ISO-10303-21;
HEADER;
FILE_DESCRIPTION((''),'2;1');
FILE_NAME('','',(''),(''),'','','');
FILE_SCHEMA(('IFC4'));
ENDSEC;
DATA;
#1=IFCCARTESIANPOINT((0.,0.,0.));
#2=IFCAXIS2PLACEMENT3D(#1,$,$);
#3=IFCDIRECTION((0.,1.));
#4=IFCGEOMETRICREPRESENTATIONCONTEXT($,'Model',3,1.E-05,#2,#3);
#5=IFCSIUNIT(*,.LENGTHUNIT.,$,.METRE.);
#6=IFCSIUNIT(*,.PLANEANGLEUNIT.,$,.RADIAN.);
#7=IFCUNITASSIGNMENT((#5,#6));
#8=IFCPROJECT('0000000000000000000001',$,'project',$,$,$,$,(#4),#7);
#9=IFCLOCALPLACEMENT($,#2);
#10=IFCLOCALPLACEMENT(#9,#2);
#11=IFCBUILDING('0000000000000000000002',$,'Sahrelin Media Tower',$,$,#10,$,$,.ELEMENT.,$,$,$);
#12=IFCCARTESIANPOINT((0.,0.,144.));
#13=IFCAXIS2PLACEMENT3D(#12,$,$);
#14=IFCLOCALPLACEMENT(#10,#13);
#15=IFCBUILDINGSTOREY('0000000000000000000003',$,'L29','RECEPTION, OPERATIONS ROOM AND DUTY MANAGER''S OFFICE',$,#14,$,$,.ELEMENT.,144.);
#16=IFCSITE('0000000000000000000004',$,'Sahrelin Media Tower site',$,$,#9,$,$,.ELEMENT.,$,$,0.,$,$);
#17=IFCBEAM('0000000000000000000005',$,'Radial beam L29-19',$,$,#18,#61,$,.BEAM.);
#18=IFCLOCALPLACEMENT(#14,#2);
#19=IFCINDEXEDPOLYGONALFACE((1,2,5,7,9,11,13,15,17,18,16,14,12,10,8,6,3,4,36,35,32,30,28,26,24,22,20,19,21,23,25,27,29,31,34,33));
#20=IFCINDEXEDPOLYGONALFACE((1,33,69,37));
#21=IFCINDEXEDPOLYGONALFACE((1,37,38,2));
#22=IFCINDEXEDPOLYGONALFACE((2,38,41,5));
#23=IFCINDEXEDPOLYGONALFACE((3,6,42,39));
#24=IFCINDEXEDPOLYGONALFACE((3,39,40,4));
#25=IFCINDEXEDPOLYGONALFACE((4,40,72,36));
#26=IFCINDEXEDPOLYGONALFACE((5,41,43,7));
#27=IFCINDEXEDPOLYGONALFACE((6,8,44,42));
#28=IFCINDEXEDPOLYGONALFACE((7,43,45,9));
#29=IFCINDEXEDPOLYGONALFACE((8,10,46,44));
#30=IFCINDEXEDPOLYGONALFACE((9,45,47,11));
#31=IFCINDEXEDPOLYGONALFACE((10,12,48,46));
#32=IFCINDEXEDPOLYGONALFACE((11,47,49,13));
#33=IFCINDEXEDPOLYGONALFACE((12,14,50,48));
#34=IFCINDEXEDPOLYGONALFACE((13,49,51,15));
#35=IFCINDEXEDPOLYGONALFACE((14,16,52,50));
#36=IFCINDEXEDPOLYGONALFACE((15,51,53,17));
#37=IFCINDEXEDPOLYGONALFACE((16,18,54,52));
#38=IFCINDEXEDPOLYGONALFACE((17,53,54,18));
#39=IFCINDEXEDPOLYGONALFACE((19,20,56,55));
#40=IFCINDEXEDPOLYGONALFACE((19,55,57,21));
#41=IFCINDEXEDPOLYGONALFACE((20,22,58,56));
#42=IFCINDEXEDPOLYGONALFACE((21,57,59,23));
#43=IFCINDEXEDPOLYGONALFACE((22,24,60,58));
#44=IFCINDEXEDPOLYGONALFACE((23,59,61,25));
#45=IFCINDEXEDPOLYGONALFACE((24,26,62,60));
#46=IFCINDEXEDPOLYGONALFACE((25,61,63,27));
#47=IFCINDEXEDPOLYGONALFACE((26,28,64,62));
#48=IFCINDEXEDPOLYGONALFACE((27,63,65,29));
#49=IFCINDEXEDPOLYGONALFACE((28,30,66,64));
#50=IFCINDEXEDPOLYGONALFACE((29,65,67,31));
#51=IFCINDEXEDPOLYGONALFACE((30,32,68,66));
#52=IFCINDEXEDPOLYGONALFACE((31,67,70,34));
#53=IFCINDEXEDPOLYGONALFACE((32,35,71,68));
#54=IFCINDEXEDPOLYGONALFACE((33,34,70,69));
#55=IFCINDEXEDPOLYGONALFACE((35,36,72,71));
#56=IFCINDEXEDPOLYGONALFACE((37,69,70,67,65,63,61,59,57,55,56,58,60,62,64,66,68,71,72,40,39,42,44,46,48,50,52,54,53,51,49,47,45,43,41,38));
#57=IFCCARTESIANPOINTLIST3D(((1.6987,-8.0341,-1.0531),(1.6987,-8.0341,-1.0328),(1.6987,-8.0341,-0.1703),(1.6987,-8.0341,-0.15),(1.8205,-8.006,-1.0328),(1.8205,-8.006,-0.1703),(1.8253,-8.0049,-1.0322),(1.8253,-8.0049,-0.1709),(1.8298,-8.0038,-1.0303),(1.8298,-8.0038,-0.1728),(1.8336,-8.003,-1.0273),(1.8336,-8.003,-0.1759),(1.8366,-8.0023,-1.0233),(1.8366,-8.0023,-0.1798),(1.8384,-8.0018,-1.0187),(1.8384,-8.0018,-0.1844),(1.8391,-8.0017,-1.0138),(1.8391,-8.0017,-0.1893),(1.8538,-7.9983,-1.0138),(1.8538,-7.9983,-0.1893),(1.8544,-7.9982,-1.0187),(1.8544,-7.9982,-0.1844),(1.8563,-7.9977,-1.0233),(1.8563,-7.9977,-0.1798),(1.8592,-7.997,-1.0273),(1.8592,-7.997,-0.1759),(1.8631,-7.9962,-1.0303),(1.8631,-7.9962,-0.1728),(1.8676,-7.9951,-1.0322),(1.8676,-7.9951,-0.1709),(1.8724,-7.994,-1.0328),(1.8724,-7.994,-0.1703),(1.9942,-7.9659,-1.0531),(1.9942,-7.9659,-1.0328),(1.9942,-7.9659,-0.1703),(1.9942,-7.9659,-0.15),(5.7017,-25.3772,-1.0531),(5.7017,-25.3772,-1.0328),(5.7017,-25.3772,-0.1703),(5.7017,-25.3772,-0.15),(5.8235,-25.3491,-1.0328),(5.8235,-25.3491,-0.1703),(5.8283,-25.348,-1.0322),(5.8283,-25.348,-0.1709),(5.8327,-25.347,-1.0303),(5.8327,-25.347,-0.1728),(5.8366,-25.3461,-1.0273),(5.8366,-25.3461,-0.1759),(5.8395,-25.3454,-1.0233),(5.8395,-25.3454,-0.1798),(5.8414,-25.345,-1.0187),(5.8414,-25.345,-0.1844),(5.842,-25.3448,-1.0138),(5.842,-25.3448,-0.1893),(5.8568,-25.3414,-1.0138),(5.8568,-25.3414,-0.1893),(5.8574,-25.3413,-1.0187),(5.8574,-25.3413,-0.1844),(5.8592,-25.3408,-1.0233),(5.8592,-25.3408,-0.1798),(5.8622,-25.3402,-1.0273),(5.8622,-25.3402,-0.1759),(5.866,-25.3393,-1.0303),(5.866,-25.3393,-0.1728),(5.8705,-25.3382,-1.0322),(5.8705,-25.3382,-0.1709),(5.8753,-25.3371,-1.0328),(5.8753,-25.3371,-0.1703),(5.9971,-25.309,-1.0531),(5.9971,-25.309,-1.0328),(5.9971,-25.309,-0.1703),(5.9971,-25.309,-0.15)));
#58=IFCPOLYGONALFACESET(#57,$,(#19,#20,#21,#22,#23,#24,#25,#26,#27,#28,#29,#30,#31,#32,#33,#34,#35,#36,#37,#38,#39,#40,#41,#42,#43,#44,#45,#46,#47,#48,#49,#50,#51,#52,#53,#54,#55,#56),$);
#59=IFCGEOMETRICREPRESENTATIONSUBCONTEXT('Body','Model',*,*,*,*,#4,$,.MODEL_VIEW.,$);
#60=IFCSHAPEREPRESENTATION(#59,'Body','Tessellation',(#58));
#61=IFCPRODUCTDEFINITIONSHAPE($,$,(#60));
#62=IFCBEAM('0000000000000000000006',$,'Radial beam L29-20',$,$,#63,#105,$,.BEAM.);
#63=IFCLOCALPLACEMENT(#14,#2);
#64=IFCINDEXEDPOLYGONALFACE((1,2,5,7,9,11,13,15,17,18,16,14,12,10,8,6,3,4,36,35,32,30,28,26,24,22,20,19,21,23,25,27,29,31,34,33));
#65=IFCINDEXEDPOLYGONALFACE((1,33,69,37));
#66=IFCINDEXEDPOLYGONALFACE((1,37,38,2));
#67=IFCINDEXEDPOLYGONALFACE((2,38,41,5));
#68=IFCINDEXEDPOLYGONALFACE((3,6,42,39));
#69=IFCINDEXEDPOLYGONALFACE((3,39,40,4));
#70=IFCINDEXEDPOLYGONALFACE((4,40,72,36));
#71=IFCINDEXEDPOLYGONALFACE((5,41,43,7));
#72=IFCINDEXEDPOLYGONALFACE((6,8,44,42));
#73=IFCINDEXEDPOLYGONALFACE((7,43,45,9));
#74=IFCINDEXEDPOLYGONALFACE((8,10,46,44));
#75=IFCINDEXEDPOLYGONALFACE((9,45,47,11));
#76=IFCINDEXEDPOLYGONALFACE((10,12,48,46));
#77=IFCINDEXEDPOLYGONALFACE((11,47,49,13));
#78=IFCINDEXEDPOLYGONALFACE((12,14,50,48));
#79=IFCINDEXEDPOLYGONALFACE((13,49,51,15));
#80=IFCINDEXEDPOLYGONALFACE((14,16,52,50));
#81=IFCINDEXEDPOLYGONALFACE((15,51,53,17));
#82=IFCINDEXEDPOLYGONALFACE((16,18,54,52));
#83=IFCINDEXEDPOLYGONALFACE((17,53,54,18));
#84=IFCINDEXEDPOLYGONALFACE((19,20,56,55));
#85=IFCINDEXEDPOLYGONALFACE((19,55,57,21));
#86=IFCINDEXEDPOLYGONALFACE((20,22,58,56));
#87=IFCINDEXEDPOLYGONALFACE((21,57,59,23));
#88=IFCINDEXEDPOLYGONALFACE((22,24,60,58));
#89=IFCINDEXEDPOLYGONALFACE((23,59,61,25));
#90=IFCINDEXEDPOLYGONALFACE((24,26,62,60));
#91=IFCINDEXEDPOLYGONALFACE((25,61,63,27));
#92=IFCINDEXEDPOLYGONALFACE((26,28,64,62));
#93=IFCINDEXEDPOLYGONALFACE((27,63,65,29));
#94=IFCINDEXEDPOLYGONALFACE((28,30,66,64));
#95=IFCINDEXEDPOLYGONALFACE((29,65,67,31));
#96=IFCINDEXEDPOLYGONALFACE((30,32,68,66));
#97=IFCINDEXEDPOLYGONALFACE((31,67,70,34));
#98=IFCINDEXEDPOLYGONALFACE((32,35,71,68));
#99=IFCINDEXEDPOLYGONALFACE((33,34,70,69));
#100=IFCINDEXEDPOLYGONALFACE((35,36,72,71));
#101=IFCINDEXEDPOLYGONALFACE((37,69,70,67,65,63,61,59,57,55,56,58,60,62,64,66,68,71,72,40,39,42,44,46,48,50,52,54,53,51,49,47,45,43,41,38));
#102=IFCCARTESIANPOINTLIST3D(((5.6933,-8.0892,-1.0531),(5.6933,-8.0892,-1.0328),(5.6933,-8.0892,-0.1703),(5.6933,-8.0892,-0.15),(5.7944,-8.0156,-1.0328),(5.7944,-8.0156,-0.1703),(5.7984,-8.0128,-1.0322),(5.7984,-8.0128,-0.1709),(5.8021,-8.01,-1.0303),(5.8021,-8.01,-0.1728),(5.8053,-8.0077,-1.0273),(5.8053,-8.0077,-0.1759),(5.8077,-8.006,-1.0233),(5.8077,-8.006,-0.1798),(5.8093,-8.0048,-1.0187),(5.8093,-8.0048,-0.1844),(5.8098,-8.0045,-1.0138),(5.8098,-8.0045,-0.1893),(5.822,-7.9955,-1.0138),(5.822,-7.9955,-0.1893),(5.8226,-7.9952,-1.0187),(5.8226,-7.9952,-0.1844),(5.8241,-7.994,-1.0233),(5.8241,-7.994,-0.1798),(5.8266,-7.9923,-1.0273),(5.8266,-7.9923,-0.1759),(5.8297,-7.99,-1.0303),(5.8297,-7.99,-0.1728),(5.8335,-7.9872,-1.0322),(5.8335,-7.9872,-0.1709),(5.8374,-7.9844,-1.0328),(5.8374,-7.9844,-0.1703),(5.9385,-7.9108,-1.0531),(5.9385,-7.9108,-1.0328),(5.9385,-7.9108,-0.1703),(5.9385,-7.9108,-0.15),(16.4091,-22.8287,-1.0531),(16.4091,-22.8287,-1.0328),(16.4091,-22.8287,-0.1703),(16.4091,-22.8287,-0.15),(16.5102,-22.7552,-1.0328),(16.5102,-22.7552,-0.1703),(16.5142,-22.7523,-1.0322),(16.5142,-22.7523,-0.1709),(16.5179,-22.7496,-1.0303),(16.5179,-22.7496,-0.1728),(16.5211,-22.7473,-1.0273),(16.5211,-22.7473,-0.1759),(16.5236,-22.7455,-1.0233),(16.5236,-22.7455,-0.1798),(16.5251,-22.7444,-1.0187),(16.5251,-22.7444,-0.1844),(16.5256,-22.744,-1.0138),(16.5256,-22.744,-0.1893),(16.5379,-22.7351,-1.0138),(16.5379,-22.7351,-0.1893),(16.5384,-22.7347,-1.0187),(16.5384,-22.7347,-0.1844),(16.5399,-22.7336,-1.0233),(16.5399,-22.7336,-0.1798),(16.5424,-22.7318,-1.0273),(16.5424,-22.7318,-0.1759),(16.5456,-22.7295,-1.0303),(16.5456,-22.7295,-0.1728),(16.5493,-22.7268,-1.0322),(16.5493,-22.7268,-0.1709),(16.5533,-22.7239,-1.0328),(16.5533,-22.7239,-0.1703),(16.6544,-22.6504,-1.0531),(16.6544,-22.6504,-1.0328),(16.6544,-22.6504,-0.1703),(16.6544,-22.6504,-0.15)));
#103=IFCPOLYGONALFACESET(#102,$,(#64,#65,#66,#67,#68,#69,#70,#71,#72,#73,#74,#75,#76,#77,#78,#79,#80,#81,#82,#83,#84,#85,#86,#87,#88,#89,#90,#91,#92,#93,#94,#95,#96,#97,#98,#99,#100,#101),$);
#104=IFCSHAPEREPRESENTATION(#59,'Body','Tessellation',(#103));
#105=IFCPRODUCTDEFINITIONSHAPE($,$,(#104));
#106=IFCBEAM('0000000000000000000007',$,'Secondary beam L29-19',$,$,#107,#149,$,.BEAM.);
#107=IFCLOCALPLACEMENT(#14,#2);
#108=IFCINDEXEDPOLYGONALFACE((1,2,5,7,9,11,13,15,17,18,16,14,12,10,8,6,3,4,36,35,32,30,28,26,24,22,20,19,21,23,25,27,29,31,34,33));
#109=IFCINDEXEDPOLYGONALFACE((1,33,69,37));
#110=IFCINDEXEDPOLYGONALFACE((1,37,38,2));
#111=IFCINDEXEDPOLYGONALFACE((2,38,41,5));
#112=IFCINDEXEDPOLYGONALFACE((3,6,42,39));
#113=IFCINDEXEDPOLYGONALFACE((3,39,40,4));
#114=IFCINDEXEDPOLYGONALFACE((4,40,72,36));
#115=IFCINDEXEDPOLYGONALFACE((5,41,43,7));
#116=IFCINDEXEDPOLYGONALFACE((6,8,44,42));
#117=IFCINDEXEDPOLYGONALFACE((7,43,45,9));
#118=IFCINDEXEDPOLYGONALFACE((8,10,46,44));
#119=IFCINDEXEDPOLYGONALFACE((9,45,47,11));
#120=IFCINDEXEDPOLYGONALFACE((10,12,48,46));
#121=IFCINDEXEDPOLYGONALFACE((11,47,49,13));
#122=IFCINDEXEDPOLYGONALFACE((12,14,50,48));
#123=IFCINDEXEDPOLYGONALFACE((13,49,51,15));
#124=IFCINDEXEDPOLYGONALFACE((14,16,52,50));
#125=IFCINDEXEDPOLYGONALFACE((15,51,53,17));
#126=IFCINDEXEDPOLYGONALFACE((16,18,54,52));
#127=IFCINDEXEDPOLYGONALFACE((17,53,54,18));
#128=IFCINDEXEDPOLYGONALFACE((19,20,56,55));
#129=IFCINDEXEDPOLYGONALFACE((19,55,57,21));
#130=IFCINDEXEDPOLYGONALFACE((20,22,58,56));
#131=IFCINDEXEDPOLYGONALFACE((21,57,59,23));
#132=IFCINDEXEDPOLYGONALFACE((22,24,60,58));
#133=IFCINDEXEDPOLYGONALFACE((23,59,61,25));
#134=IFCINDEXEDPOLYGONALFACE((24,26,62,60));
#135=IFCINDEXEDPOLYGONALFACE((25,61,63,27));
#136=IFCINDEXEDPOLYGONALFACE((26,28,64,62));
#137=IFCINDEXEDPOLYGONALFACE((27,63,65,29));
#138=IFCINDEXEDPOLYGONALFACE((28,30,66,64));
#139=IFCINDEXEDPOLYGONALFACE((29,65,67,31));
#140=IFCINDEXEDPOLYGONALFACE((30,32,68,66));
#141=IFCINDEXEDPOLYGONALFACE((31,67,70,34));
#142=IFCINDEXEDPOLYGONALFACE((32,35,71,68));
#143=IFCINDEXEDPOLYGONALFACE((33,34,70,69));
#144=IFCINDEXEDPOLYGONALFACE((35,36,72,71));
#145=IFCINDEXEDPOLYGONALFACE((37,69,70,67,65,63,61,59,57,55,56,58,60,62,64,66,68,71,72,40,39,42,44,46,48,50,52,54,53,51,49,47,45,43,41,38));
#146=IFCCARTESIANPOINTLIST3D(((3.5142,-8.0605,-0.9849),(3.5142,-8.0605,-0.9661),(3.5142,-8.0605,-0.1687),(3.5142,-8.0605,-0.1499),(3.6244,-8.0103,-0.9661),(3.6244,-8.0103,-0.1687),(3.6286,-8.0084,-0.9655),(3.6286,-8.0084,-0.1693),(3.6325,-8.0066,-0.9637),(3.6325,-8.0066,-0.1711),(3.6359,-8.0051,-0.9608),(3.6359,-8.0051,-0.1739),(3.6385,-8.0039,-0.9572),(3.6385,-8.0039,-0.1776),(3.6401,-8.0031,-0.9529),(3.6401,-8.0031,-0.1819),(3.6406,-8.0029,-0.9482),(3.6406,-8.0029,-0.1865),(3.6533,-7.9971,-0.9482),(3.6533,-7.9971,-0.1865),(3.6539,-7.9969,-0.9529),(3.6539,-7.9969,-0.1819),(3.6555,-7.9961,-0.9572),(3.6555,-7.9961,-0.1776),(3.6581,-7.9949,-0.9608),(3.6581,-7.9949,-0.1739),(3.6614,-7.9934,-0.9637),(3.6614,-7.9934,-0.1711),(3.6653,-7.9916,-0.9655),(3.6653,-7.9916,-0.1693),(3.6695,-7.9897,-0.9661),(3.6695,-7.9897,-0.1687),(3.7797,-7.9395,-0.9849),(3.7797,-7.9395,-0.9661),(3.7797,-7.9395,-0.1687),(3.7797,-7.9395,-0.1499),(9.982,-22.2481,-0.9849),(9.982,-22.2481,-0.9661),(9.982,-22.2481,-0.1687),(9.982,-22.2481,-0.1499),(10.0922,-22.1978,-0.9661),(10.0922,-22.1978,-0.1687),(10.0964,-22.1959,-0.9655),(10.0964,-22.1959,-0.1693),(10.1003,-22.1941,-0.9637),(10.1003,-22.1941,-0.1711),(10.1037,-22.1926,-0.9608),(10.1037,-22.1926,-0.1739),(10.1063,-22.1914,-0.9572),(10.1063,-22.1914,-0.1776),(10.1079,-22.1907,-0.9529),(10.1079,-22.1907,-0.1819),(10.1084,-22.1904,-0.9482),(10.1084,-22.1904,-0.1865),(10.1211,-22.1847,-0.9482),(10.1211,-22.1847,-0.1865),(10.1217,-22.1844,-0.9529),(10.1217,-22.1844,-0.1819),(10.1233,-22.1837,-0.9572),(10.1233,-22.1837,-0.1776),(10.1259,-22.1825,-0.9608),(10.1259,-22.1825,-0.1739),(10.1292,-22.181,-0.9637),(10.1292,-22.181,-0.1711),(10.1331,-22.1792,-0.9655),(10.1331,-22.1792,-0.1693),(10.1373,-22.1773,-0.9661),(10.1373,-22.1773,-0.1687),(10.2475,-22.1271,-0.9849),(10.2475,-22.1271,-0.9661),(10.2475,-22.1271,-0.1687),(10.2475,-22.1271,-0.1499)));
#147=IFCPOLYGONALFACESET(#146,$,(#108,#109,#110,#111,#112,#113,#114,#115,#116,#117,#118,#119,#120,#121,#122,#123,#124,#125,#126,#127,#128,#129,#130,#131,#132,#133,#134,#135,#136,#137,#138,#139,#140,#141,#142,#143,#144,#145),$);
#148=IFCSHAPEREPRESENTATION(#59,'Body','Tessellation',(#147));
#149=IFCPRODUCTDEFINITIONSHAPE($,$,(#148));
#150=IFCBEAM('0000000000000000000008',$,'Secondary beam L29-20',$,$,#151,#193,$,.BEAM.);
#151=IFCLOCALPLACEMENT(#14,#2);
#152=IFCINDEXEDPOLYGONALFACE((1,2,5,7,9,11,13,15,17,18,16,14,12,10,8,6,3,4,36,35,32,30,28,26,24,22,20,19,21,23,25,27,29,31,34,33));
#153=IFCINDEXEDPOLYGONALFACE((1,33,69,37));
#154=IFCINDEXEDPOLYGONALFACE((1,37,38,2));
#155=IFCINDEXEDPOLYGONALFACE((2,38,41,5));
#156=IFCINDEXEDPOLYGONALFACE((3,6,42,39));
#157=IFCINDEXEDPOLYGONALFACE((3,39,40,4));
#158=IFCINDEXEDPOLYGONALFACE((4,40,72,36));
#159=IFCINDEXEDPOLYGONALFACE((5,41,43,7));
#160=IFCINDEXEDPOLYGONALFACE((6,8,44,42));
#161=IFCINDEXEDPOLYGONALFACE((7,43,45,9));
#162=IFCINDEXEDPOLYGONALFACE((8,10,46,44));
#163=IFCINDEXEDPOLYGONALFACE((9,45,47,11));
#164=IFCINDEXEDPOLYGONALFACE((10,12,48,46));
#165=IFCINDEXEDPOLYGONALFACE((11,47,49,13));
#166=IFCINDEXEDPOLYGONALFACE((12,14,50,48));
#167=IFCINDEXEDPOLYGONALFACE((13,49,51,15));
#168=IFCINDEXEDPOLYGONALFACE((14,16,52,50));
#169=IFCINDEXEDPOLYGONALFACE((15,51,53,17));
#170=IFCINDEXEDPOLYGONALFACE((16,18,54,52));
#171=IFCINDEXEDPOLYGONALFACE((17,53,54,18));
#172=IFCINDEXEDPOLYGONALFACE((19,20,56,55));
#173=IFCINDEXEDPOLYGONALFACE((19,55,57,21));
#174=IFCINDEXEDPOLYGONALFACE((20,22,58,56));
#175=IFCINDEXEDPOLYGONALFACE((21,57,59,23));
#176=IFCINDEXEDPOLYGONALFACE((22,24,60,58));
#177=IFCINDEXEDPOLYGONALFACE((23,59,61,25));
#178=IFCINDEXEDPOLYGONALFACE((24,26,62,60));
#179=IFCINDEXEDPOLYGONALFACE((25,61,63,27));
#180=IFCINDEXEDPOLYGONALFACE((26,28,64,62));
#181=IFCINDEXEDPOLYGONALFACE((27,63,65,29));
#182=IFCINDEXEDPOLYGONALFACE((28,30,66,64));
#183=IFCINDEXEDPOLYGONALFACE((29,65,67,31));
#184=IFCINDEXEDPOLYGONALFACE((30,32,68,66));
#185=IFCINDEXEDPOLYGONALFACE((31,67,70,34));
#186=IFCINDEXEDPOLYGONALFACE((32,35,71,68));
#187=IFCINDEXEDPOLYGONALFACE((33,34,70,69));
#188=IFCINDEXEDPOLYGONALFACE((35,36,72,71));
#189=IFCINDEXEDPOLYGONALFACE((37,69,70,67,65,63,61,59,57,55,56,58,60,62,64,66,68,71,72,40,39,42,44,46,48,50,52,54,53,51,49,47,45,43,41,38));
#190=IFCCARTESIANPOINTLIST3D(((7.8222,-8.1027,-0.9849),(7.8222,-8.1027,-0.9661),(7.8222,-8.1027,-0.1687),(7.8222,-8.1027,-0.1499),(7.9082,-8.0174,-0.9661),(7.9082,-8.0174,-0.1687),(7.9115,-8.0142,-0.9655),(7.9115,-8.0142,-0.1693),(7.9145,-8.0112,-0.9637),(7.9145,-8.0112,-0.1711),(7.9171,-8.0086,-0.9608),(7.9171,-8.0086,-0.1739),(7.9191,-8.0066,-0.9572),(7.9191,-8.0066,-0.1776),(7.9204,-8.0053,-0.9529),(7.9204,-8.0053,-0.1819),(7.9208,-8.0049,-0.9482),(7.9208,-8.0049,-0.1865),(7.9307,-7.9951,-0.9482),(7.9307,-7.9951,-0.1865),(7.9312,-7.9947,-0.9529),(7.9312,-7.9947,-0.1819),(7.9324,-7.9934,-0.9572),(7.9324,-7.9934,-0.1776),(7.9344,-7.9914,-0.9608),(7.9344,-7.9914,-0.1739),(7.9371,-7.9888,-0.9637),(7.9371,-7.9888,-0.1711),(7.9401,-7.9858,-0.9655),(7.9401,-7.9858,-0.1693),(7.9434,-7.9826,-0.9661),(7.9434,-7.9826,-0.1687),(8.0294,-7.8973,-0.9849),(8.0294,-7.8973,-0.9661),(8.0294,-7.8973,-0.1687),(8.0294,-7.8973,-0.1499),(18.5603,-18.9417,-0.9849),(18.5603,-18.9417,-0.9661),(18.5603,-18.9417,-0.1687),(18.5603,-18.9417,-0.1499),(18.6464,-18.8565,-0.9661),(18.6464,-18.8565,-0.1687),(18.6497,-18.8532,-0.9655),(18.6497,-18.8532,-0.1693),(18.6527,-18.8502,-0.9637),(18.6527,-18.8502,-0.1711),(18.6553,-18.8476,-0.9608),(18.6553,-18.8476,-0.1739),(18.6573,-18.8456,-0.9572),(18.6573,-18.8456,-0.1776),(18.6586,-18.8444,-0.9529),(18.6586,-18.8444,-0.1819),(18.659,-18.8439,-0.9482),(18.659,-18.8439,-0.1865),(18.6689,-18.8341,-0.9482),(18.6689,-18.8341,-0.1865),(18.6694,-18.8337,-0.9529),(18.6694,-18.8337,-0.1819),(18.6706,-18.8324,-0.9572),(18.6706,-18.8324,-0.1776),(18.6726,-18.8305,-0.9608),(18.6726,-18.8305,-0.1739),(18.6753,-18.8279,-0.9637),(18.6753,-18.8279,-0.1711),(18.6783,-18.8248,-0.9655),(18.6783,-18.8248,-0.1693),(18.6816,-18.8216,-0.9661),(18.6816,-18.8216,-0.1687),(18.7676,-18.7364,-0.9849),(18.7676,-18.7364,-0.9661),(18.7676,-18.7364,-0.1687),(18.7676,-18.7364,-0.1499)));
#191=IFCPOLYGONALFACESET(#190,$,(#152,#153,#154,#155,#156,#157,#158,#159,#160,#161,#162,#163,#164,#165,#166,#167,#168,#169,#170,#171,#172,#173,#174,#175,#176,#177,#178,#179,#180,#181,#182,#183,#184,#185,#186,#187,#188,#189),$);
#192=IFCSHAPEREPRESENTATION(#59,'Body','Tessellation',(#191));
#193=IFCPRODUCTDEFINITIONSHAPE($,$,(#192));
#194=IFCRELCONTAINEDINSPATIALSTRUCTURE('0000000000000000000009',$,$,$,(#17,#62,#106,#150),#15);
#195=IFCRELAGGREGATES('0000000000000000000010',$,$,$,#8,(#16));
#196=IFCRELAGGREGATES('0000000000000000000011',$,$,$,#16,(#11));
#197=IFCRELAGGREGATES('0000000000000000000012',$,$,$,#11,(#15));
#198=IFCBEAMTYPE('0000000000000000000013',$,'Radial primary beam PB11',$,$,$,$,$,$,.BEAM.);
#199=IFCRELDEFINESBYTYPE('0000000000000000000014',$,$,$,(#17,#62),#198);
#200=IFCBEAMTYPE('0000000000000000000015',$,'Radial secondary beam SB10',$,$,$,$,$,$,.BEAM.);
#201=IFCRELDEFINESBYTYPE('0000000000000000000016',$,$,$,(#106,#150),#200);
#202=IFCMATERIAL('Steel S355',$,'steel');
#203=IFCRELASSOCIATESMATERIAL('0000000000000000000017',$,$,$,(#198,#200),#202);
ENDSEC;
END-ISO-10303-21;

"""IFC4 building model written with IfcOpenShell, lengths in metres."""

from ifc_helpers import new_model, si_unit, direction, frame, origin, origin_2d, place, context, subcontext, project, spatial, i_section, extrude, material, material_profile, profile_set, type_object, element, save


model = new_model("IFC4")

# Units and contexts
model_context = context("Model", 3, precision=1e-05, world=origin(), true_north=direction((0.0, 1.0)))
body_context = subcontext(model_context, "Body", "Model", "MODEL_VIEW")
ifc_project = project(units=[si_unit("LENGTHUNIT", "METRE"), si_unit("PLANEANGLEUNIT", "RADIAN")], contexts=[model_context])

# Site, building, storey
site_placement = place(None, origin())
site = spatial("IfcSite", under=ifc_project, at=site_placement, Name="Sahrelin Media Tower site", CompositionType="ELEMENT", RefElevation=0.0)
building_placement = place(site_placement, origin())
building = spatial("IfcBuilding", under=site, at=building_placement, Name="Sahrelin Media Tower", CompositionType="ELEMENT")
storey_placement = place(building_placement, frame((0.0, 0.0, 144.0)))
storey = spatial("IfcBuildingStorey", under=building, at=storey_placement, Name="L29", Description="RECEPTION, OPERATIONS ROOM AND DUTY MANAGER'S OFFICE", CompositionType="ELEMENT", Elevation=144.0)

# Shared definitions
ifc_material_1 = material(Name="Steel S355", Category="steel")

# Beams
ifc_material_profile_1 = material_profile(ifc_material_1, i_section(OverallWidth=0.3032, OverallDepth=0.9031, WebThickness=0.0151, FlangeThickness=0.0203, FilletRadius=0.019, at=origin_2d()), Name="UB 914x305x201")
ifc_profile_set_1 = profile_set([ifc_material_profile_1], Name="Steel S355")
beam_type_1 = type_object("IfcBeamType", Name="Radial primary beam PB11", PredefinedType="BEAM", material=ifc_profile_set_1)
beam_1_placement = place(storey_placement, frame((1.8464, -8.0, -0.6016), z_axis=(0.224897, -0.974383, 0.0), x_axis=(0.974383, 0.224897, 0.0)))
element("IfcBeam", 1, at=beam_1_placement, inside=storey, type_object=beam_type_1, Name="Radial beam L29-19", PredefinedType="BEAM", context=body_context, shape_type="SweptSolid", body=[
    extrude(i_section(OverallWidth=0.3032, OverallDepth=0.9031, WebThickness=0.0151, FlangeThickness=0.0203, FilletRadius=0.019, at=origin_2d()), origin(), (0.0, 0.0, 1.0), 17.7991),
])
beam_2_placement = place(storey_placement, frame((5.8159, -8.0, -0.6016), z_axis=(0.588035, -0.808836, 0.0), x_axis=(0.808836, 0.588035, 0.0)))
element("IfcBeam", 2, at=beam_2_placement, inside=storey, type_object=beam_type_1, Name="Radial beam L29-20", PredefinedType="BEAM", context=body_context, shape_type="SweptSolid", body=[
    extrude(i_section(OverallWidth=0.3032, OverallDepth=0.9031, WebThickness=0.0151, FlangeThickness=0.0203, FilletRadius=0.019, at=origin_2d()), origin(), (0.0, 0.0, 1.0), 18.2231),
])
ifc_material_profile_2 = material_profile(ifc_material_1, i_section(OverallWidth=0.2917, OverallDepth=0.835, WebThickness=0.0139, FlangeThickness=0.0188, FilletRadius=0.0178, at=origin_2d()), Name="UB 838x292x176")
ifc_profile_set_2 = profile_set([ifc_material_profile_2], Name="Steel S355")
beam_type_2 = type_object("IfcBeamType", Name="Radial secondary beam SB10", PredefinedType="BEAM", material=ifc_profile_set_2)
beam_3_placement = place(storey_placement, frame((3.647, -8.0, -0.5674), z_axis=(0.414808, -0.909909, 0.0), x_axis=(0.909909, 0.414808, 0.0)))
element("IfcBeam", 3, at=beam_3_placement, inside=storey, type_object=beam_type_2, Name="Secondary beam L29-19", PredefinedType="BEAM", context=body_context, shape_type="SweptSolid", body=[
    extrude(i_section(OverallWidth=0.2917, OverallDepth=0.835, WebThickness=0.0139, FlangeThickness=0.0188, FilletRadius=0.0178, at=origin_2d()), origin(), (0.0, 0.0, 1.0), 15.5923),
])
beam_4_placement = place(storey_placement, frame((7.9258, -8.0, -0.5674), z_axis=(0.703795, -0.710403, 0.0), x_axis=(0.710403, 0.703795, 0.0)))
element("IfcBeam", 4, at=beam_4_placement, inside=storey, type_object=beam_type_2, Name="Secondary beam L29-20", PredefinedType="BEAM", context=body_context, shape_type="SweptSolid", body=[
    extrude(i_section(OverallWidth=0.2917, OverallDepth=0.835, WebThickness=0.0139, FlangeThickness=0.0188, FilletRadius=0.0178, at=origin_2d()), origin(), (0.0, 0.0, 1.0), 15.2576),
])

save(model, "model.ifc")
